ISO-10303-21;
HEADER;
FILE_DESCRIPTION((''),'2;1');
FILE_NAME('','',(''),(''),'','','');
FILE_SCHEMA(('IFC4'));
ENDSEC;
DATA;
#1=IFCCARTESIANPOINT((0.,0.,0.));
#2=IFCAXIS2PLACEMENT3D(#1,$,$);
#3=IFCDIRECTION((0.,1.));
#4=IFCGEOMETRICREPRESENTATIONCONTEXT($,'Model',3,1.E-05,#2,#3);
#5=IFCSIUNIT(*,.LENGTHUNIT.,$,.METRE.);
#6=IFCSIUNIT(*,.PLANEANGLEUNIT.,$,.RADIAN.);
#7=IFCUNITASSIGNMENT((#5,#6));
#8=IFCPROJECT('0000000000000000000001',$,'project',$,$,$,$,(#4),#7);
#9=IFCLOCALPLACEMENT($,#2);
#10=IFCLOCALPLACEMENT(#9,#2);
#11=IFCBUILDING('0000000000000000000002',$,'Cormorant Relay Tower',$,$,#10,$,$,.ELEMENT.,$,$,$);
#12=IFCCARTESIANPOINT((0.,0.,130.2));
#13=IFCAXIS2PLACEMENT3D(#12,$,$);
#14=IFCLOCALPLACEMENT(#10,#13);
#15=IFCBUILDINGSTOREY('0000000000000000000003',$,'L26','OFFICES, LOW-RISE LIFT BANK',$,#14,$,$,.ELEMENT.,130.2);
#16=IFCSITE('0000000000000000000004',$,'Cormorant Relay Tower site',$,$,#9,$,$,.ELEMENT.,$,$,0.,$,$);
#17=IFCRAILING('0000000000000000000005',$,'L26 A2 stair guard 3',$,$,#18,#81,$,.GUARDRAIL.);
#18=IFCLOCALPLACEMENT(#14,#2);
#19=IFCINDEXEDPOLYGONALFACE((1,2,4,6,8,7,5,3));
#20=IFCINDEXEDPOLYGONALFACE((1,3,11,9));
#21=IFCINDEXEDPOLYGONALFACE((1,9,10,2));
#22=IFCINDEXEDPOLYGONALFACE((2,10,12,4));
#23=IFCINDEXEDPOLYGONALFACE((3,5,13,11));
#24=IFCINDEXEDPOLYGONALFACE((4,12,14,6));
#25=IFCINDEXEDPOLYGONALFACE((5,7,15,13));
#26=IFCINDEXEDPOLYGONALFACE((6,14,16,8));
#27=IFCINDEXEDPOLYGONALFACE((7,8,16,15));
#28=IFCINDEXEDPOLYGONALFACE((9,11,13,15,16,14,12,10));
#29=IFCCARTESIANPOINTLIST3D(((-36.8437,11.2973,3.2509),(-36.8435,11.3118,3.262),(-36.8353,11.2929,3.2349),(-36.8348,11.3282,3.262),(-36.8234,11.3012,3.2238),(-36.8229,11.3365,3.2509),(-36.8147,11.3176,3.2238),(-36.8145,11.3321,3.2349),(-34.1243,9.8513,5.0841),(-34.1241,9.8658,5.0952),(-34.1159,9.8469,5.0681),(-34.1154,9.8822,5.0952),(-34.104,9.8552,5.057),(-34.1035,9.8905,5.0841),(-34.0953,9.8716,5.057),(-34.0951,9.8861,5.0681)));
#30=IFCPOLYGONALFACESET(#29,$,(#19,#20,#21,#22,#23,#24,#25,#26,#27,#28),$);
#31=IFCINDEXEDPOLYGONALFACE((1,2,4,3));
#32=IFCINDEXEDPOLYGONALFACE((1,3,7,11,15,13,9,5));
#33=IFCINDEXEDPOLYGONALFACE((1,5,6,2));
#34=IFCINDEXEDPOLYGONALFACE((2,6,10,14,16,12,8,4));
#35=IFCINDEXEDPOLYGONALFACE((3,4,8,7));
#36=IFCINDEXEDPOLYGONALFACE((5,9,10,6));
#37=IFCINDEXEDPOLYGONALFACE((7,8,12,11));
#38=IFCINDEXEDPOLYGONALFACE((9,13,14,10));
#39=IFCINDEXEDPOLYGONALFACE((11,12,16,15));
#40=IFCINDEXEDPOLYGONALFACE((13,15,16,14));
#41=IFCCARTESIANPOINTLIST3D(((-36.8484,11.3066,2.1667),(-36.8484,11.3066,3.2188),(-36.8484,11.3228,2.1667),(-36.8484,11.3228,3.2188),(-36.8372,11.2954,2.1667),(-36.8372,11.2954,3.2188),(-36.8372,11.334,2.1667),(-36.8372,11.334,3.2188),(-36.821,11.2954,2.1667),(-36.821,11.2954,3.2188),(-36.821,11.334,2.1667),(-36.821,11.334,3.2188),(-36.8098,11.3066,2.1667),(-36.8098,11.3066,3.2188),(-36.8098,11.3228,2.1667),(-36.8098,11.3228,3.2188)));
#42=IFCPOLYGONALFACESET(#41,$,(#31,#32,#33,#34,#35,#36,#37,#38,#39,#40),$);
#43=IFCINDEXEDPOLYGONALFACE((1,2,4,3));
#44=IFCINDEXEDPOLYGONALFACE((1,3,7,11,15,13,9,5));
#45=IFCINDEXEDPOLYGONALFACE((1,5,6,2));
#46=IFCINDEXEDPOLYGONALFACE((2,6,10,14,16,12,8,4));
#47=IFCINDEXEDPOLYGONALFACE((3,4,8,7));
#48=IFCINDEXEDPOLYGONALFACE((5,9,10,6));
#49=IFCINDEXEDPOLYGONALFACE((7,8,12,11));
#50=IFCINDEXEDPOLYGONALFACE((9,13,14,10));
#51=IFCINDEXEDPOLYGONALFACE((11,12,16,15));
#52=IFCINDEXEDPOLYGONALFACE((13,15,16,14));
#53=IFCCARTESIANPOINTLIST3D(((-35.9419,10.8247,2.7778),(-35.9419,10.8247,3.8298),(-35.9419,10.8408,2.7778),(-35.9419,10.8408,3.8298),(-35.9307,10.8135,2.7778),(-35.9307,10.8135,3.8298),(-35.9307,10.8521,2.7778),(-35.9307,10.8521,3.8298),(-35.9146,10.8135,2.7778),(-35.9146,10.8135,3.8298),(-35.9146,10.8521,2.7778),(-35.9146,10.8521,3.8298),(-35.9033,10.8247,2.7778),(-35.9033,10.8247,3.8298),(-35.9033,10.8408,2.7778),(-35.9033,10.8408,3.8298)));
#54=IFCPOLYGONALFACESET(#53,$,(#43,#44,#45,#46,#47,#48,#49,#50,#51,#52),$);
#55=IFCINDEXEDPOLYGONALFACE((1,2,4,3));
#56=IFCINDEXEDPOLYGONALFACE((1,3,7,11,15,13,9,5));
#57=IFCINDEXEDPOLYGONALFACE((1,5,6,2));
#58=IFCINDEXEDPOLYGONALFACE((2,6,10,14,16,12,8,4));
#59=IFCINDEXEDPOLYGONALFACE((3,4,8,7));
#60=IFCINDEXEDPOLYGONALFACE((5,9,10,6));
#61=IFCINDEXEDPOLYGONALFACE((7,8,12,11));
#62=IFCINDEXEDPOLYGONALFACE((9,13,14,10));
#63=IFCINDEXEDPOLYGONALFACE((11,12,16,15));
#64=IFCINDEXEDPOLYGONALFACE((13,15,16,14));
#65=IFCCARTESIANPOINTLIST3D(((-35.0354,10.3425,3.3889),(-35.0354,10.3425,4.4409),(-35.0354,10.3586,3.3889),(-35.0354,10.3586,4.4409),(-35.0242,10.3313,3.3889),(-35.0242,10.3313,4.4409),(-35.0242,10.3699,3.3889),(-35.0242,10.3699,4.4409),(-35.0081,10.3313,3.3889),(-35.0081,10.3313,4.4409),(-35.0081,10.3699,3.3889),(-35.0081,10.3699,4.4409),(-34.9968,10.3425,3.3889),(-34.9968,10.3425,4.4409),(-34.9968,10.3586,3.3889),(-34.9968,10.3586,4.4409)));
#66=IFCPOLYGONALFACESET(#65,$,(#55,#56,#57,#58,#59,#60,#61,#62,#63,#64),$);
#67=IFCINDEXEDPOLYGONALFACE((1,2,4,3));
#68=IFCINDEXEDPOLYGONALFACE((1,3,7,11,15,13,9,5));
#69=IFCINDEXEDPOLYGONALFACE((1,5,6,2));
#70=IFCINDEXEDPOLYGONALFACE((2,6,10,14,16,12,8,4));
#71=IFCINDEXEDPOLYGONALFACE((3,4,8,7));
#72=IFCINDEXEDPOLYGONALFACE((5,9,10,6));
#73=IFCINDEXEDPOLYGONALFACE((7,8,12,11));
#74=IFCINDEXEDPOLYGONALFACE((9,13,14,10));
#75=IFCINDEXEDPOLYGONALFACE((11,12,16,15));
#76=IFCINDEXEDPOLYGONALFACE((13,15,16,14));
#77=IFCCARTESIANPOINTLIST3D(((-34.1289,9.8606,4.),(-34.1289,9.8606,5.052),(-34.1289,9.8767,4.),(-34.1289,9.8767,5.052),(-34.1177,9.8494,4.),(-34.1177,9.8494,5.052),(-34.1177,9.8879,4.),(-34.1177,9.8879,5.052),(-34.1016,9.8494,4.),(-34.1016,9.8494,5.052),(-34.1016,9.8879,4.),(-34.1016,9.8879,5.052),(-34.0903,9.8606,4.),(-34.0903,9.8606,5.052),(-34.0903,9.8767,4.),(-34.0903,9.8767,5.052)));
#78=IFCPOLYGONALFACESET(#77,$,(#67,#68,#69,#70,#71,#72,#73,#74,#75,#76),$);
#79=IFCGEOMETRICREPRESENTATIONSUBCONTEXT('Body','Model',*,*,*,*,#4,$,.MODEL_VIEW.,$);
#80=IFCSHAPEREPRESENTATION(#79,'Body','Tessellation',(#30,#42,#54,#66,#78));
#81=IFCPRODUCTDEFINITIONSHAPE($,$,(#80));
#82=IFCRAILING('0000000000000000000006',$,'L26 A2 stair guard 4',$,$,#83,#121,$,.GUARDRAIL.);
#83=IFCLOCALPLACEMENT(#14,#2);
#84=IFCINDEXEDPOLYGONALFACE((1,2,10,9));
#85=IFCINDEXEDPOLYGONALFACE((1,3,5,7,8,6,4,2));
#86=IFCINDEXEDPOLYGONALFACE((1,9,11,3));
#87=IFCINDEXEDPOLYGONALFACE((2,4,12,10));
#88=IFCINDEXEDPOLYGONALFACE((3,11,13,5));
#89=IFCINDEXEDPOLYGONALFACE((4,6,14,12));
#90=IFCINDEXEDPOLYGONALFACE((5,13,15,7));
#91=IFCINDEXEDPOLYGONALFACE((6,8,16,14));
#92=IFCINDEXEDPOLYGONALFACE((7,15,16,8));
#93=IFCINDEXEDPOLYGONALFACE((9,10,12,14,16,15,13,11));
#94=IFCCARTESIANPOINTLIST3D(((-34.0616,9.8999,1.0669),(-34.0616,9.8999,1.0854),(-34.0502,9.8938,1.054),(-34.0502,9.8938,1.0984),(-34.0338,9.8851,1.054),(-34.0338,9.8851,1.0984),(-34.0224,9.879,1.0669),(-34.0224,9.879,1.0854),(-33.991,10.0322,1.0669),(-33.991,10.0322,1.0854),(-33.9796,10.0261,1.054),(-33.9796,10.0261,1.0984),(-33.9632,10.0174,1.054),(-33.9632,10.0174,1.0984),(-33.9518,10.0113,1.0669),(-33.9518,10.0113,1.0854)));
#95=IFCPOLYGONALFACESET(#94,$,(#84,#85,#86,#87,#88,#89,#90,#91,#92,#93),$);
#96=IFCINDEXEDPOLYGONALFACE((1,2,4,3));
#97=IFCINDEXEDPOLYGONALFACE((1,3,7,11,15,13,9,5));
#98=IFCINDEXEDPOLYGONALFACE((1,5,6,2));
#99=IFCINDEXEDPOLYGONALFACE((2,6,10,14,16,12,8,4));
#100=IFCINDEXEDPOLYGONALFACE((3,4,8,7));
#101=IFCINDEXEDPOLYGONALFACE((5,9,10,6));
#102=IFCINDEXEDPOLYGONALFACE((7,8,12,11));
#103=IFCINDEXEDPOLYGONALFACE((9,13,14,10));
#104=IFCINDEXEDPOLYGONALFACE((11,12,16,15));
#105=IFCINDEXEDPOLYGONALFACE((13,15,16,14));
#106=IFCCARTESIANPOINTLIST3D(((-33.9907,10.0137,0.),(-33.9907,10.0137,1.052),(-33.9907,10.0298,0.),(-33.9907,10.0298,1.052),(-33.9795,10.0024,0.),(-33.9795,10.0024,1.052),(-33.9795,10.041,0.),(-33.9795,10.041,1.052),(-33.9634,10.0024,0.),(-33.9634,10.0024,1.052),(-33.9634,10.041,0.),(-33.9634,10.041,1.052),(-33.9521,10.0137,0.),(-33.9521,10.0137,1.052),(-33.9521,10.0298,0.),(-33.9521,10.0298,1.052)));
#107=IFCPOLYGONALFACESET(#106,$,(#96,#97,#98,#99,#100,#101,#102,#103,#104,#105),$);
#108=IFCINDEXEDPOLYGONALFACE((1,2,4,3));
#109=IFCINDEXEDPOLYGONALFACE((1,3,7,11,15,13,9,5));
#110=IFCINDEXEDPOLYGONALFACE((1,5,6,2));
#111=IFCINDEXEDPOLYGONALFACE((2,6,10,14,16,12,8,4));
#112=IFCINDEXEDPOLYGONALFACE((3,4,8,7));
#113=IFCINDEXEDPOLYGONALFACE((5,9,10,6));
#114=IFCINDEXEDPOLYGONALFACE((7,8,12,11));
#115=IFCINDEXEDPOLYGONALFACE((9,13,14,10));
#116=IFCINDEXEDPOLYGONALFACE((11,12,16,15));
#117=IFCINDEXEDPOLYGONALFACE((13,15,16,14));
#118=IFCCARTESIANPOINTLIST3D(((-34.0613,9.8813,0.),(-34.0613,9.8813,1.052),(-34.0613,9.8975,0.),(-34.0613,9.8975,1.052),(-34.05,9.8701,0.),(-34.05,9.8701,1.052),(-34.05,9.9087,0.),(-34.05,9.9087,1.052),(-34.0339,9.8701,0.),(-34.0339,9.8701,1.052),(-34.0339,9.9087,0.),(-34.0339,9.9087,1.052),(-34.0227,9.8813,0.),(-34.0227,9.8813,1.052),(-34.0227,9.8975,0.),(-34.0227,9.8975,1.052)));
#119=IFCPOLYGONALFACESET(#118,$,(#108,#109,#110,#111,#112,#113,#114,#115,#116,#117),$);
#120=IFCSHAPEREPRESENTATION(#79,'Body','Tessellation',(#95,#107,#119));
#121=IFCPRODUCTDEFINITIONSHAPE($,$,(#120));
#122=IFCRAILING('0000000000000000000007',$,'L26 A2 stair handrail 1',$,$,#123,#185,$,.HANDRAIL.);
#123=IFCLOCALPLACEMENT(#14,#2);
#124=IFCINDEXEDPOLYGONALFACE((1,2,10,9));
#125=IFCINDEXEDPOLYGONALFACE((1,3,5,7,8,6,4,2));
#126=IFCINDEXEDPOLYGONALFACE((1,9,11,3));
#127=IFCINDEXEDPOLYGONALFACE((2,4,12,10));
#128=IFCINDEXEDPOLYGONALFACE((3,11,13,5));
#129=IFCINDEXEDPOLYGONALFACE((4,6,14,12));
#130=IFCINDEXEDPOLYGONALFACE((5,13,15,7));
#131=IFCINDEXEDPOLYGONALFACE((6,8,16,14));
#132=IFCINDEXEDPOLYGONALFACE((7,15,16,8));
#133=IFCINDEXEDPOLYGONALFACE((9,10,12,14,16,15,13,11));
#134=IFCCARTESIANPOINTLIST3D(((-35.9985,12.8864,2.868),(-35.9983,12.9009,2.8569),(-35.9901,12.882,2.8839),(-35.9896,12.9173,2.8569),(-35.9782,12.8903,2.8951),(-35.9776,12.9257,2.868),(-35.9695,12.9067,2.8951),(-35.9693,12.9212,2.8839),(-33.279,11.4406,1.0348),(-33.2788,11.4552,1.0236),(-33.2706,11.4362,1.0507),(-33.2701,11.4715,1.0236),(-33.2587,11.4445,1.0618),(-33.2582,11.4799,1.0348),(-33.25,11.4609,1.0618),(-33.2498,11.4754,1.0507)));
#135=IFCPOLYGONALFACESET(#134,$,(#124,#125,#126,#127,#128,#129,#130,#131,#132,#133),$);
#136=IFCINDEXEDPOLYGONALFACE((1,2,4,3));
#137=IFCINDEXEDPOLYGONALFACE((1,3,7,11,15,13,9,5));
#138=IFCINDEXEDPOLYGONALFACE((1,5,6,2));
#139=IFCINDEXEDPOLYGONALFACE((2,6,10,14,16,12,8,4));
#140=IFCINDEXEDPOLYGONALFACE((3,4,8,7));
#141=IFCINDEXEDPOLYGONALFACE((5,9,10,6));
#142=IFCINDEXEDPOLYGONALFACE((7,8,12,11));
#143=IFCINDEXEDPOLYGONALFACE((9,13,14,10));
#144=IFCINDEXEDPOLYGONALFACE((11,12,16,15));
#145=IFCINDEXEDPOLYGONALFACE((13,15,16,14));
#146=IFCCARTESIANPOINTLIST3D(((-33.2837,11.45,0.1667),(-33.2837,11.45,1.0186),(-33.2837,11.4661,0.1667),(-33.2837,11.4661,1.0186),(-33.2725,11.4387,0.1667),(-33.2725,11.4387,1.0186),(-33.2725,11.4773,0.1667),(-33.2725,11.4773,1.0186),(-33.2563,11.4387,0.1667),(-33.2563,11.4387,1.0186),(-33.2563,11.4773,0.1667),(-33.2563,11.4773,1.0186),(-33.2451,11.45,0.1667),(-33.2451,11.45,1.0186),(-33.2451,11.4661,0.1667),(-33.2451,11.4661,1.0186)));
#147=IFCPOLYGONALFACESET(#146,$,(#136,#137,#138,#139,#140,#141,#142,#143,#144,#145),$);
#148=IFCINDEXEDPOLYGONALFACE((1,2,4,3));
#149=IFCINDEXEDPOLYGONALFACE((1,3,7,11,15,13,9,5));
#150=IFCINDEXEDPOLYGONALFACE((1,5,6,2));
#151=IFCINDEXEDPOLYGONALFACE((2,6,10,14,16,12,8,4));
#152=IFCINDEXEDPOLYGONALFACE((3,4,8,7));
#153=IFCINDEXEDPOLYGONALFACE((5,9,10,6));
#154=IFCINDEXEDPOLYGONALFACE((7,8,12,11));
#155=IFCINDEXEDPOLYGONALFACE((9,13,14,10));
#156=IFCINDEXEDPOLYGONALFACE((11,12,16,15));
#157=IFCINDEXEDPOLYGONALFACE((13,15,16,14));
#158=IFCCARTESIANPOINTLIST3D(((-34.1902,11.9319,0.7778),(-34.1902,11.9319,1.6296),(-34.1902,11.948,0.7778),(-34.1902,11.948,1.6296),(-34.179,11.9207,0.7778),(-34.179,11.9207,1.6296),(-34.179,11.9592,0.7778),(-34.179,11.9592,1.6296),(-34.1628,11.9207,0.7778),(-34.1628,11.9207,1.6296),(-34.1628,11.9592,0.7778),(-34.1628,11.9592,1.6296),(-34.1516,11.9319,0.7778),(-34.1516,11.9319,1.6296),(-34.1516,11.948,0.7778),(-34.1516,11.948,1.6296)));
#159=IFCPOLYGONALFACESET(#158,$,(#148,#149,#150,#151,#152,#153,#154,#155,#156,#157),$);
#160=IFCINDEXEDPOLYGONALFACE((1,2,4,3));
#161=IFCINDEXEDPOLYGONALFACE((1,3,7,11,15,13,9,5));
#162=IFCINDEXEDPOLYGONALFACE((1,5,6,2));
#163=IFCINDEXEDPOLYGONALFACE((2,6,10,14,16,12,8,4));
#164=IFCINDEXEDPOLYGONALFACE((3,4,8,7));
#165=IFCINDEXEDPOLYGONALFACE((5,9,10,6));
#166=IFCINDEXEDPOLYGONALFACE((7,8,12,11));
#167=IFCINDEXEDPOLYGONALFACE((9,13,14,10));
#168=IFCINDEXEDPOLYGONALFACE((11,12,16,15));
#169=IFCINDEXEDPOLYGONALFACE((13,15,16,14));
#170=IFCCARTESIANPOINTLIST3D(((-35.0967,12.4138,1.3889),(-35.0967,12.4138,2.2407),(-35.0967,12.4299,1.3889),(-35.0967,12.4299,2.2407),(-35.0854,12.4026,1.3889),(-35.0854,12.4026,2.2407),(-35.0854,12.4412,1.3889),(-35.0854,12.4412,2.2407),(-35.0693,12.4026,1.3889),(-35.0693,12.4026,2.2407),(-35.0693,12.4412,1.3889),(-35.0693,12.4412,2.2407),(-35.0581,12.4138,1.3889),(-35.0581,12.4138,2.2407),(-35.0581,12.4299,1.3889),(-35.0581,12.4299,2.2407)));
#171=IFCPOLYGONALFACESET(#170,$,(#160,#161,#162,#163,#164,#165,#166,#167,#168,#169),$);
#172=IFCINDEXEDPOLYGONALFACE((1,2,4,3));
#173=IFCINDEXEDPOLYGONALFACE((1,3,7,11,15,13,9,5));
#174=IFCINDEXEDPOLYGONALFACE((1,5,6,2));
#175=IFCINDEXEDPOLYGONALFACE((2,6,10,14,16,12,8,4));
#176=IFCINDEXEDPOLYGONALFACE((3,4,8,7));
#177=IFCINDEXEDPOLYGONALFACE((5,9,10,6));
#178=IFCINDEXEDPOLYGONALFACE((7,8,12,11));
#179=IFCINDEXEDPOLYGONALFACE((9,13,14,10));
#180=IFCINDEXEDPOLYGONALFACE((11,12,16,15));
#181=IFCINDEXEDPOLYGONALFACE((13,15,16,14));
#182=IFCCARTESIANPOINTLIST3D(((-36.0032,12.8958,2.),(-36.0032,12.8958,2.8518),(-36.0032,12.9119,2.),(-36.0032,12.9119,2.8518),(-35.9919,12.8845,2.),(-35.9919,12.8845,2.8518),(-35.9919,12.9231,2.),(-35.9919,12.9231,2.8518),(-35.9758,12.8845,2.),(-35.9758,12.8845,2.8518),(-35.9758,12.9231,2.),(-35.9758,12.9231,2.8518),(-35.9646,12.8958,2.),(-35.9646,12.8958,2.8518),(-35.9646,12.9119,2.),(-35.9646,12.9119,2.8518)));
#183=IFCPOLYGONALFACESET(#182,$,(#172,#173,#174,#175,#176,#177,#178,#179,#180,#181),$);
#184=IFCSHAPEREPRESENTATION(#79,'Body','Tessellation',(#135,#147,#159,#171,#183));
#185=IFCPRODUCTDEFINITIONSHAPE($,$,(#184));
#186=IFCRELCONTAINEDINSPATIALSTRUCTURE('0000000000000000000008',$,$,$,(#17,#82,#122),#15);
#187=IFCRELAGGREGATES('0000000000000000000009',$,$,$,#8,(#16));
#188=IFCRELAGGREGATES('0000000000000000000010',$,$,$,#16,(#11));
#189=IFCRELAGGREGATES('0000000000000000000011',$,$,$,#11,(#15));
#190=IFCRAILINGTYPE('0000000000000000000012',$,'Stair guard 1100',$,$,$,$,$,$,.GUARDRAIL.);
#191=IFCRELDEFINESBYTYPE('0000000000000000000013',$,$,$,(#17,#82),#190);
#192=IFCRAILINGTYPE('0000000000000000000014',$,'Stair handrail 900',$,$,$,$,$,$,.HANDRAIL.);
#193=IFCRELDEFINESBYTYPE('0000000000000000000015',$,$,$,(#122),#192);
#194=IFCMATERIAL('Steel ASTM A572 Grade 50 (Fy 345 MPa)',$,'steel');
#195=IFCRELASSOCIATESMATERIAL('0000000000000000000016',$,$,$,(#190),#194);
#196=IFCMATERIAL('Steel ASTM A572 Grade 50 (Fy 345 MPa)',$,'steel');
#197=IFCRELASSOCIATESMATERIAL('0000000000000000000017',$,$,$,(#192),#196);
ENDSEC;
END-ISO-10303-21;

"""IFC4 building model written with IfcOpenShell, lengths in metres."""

from ifc_helpers import new_model, si_unit, direction, frame, origin, place, context, subcontext, project, spatial, polyline, outline, extrude, material, type_object, element, save


model = new_model("IFC4")

# Units and contexts
model_context = context("Model", 3, precision=1e-05, world=origin(), true_north=direction((0.0, 1.0)))
body_context = subcontext(model_context, "Body", "Model", "MODEL_VIEW")
ifc_project = project(units=[si_unit("LENGTHUNIT", "METRE"), si_unit("PLANEANGLEUNIT", "RADIAN")], contexts=[model_context])

# Site, building, storey
site_placement = place(None, origin())
site = spatial("IfcSite", under=ifc_project, at=site_placement, Name="Cormorant Relay Tower site", CompositionType="ELEMENT", RefElevation=0.0)
building_placement = place(site_placement, origin())
building = spatial("IfcBuilding", under=site, at=building_placement, Name="Cormorant Relay Tower", CompositionType="ELEMENT")
storey_placement = place(building_placement, frame((0.0, 0.0, 130.2)))
storey = spatial("IfcBuildingStorey", under=building, at=storey_placement, Name="L26", Description="OFFICES, LOW-RISE LIFT BANK", CompositionType="ELEMENT", Elevation=130.2)

# Railings
ifc_material_1 = material(Name="Steel ASTM A572 Grade 50 (Fy 345 MPa)", Category="steel")
railing_type_1 = type_object("IfcRailingType", Name="Stair guard 1100", PredefinedType="GUARDRAIL", material=ifc_material_1)
railing_1_placement = place(storey_placement, frame((-36.8291, 11.3147, 2.1667)))
element("IfcRailing", 1, at=railing_1_placement, inside=storey, type_object=railing_type_1, Name="L26 A2 stair guard 3", PredefinedType="GUARDRAIL", context=body_context, shape_type="SweptSolid", body=[
    extrude(outline(polyline([(0.0222, 0.0093), (0.0093, 0.0222), (-0.0093, 0.0222), (-0.0222, 0.0093), (-0.0222, -0.0093), (-0.0093, -0.0222), (0.0093, -0.0222), (0.0222, -0.0093), (0.0222, 0.0093)])), frame((0.0, 0.0, 1.0762), z_axis=(0.758714, -0.403435, 0.511463), x_axis=(0.469489, 0.882938, 0.0)), (0.0, 0.0, 1.0), 3.5842),
    extrude(outline(polyline([(0.0193, 0.0081), (0.0081, 0.0193), (-0.0081, 0.0193), (-0.0193, 0.0081), (-0.0193, -0.0081), (-0.0081, -0.0193), (0.0081, -0.0193), (0.0193, -0.0081), (0.0193, 0.0081)])), origin(), (0.0, 0.0, 1.0), 1.052),
    extrude(outline(polyline([(0.0193, 0.0081), (0.0081, 0.0193), (-0.0081, 0.0193), (-0.0193, 0.0081), (-0.0193, -0.0081), (-0.0081, -0.0193), (0.0081, -0.0193), (0.0193, -0.0081), (0.0193, 0.0081)])), frame((0.9065, -0.4819, 0.6111)), (0.0, 0.0, 1.0), 1.052),
    extrude(outline(polyline([(0.0193, 0.0081), (0.0081, 0.0193), (-0.0081, 0.0193), (-0.0193, 0.0081), (-0.0193, -0.0081), (-0.0081, -0.0193), (0.0081, -0.0193), (0.0193, -0.0081), (0.0193, 0.0081)])), frame((1.813, -0.9641, 1.2222)), (0.0, 0.0, 1.0), 1.052),
    extrude(outline(polyline([(0.0193, 0.0081), (0.0081, 0.0193), (-0.0081, 0.0193), (-0.0193, 0.0081), (-0.0193, -0.0081), (-0.0081, -0.0193), (0.0081, -0.0193), (0.0193, -0.0081), (0.0193, 0.0081)])), frame((2.7195, -1.446, 1.8333)), (0.0, 0.0, 1.0), 1.052),
])
railing_2_placement = place(storey_placement, frame((-33.9714, 10.0217, 0.0)))
element("IfcRailing", 2, at=railing_2_placement, inside=storey, type_object=railing_type_1, Name="L26 A2 stair guard 4", PredefinedType="GUARDRAIL", context=body_context, shape_type="SweptSolid", body=[
    extrude(outline(polyline([(0.0222, 0.0093), (0.0093, 0.0222), (-0.0093, 0.0222), (-0.0222, 0.0093), (-0.0222, -0.0093), (-0.0093, -0.0222), (0.0093, -0.0222), (0.0222, -0.0093), (0.0222, 0.0093)])), frame((0.0, 0.0, 1.0762), z_axis=(-0.470504, -0.882398, 0.0), x_axis=(0.882398, -0.470504, 0.0)), (0.0, 0.0, 1.0), 0.1499),
    extrude(outline(polyline([(0.0193, 0.0081), (0.0081, 0.0193), (-0.0081, 0.0193), (-0.0193, 0.0081), (-0.0193, -0.0081), (-0.0081, -0.0193), (0.0081, -0.0193), (0.0193, -0.0081), (0.0193, 0.0081)])), origin(), (0.0, 0.0, 1.0), 1.052),
    extrude(outline(polyline([(0.0193, 0.0081), (0.0081, 0.0193), (-0.0081, 0.0193), (-0.0193, 0.0081), (-0.0193, -0.0081), (-0.0081, -0.0193), (0.0081, -0.0193), (0.0193, -0.0081), (0.0193, 0.0081)])), frame((-0.0706, -0.1323, 0.0)), (0.0, 0.0, 1.0), 1.052),
])
ifc_material_2 = material(Name="Steel ASTM A572 Grade 50 (Fy 345 MPa)", Category="steel")
railing_type_2 = type_object("IfcRailingType", Name="Stair handrail 900", PredefinedType="HANDRAIL", material=ifc_material_2)
railing_3_placement = place(storey_placement, frame((-33.2644, 11.458, 0.1667)))
element("IfcRailing", 3, at=railing_3_placement, inside=storey, type_object=railing_type_2, Name="L26 A2 stair handrail 1", PredefinedType="HANDRAIL", context=body_context, shape_type="SweptSolid", body=[
    extrude(outline(polyline([(0.0222, 0.0093), (0.0093, 0.0222), (-0.0093, 0.0222), (-0.0222, 0.0093), (-0.0222, -0.0093), (-0.0093, -0.0222), (0.0093, -0.0222), (0.0222, -0.0093), (0.0222, 0.0093)])), frame((0.0, 0.0, 0.876), z_axis=(-0.758735, 0.403378, 0.511477), x_axis=(-0.469428, -0.882971, 0.0)), (0.0, 0.0, 1.0), 3.5842),
    extrude(outline(polyline([(0.0193, 0.0081), (0.0081, 0.0193), (-0.0081, 0.0193), (-0.0193, 0.0081), (-0.0193, -0.0081), (-0.0081, -0.0193), (0.0081, -0.0193), (0.0193, -0.0081), (0.0193, 0.0081)])), origin(), (0.0, 0.0, 1.0), 0.8518),
    extrude(outline(polyline([(0.0193, 0.0081), (0.0081, 0.0193), (-0.0081, 0.0193), (-0.0193, 0.0081), (-0.0193, -0.0081), (-0.0081, -0.0193), (0.0081, -0.0193), (0.0193, -0.0081), (0.0193, 0.0081)])), frame((-0.9065, 0.4819, 0.6111)), (0.0, 0.0, 1.0), 0.8518),
    extrude(outline(polyline([(0.0193, 0.0081), (0.0081, 0.0193), (-0.0081, 0.0193), (-0.0193, 0.0081), (-0.0193, -0.0081), (-0.0081, -0.0193), (0.0081, -0.0193), (0.0193, -0.0081), (0.0193, 0.0081)])), frame((-1.813, 0.9639, 1.2222)), (0.0, 0.0, 1.0), 0.8518),
    extrude(outline(polyline([(0.0193, 0.0081), (0.0081, 0.0193), (-0.0081, 0.0193), (-0.0193, 0.0081), (-0.0193, -0.0081), (-0.0081, -0.0193), (0.0081, -0.0193), (0.0193, -0.0081), (0.0193, 0.0081)])), frame((-2.7195, 1.4458, 1.8333)), (0.0, 0.0, 1.0), 0.8518),
])

save(model, "model.ifc")
